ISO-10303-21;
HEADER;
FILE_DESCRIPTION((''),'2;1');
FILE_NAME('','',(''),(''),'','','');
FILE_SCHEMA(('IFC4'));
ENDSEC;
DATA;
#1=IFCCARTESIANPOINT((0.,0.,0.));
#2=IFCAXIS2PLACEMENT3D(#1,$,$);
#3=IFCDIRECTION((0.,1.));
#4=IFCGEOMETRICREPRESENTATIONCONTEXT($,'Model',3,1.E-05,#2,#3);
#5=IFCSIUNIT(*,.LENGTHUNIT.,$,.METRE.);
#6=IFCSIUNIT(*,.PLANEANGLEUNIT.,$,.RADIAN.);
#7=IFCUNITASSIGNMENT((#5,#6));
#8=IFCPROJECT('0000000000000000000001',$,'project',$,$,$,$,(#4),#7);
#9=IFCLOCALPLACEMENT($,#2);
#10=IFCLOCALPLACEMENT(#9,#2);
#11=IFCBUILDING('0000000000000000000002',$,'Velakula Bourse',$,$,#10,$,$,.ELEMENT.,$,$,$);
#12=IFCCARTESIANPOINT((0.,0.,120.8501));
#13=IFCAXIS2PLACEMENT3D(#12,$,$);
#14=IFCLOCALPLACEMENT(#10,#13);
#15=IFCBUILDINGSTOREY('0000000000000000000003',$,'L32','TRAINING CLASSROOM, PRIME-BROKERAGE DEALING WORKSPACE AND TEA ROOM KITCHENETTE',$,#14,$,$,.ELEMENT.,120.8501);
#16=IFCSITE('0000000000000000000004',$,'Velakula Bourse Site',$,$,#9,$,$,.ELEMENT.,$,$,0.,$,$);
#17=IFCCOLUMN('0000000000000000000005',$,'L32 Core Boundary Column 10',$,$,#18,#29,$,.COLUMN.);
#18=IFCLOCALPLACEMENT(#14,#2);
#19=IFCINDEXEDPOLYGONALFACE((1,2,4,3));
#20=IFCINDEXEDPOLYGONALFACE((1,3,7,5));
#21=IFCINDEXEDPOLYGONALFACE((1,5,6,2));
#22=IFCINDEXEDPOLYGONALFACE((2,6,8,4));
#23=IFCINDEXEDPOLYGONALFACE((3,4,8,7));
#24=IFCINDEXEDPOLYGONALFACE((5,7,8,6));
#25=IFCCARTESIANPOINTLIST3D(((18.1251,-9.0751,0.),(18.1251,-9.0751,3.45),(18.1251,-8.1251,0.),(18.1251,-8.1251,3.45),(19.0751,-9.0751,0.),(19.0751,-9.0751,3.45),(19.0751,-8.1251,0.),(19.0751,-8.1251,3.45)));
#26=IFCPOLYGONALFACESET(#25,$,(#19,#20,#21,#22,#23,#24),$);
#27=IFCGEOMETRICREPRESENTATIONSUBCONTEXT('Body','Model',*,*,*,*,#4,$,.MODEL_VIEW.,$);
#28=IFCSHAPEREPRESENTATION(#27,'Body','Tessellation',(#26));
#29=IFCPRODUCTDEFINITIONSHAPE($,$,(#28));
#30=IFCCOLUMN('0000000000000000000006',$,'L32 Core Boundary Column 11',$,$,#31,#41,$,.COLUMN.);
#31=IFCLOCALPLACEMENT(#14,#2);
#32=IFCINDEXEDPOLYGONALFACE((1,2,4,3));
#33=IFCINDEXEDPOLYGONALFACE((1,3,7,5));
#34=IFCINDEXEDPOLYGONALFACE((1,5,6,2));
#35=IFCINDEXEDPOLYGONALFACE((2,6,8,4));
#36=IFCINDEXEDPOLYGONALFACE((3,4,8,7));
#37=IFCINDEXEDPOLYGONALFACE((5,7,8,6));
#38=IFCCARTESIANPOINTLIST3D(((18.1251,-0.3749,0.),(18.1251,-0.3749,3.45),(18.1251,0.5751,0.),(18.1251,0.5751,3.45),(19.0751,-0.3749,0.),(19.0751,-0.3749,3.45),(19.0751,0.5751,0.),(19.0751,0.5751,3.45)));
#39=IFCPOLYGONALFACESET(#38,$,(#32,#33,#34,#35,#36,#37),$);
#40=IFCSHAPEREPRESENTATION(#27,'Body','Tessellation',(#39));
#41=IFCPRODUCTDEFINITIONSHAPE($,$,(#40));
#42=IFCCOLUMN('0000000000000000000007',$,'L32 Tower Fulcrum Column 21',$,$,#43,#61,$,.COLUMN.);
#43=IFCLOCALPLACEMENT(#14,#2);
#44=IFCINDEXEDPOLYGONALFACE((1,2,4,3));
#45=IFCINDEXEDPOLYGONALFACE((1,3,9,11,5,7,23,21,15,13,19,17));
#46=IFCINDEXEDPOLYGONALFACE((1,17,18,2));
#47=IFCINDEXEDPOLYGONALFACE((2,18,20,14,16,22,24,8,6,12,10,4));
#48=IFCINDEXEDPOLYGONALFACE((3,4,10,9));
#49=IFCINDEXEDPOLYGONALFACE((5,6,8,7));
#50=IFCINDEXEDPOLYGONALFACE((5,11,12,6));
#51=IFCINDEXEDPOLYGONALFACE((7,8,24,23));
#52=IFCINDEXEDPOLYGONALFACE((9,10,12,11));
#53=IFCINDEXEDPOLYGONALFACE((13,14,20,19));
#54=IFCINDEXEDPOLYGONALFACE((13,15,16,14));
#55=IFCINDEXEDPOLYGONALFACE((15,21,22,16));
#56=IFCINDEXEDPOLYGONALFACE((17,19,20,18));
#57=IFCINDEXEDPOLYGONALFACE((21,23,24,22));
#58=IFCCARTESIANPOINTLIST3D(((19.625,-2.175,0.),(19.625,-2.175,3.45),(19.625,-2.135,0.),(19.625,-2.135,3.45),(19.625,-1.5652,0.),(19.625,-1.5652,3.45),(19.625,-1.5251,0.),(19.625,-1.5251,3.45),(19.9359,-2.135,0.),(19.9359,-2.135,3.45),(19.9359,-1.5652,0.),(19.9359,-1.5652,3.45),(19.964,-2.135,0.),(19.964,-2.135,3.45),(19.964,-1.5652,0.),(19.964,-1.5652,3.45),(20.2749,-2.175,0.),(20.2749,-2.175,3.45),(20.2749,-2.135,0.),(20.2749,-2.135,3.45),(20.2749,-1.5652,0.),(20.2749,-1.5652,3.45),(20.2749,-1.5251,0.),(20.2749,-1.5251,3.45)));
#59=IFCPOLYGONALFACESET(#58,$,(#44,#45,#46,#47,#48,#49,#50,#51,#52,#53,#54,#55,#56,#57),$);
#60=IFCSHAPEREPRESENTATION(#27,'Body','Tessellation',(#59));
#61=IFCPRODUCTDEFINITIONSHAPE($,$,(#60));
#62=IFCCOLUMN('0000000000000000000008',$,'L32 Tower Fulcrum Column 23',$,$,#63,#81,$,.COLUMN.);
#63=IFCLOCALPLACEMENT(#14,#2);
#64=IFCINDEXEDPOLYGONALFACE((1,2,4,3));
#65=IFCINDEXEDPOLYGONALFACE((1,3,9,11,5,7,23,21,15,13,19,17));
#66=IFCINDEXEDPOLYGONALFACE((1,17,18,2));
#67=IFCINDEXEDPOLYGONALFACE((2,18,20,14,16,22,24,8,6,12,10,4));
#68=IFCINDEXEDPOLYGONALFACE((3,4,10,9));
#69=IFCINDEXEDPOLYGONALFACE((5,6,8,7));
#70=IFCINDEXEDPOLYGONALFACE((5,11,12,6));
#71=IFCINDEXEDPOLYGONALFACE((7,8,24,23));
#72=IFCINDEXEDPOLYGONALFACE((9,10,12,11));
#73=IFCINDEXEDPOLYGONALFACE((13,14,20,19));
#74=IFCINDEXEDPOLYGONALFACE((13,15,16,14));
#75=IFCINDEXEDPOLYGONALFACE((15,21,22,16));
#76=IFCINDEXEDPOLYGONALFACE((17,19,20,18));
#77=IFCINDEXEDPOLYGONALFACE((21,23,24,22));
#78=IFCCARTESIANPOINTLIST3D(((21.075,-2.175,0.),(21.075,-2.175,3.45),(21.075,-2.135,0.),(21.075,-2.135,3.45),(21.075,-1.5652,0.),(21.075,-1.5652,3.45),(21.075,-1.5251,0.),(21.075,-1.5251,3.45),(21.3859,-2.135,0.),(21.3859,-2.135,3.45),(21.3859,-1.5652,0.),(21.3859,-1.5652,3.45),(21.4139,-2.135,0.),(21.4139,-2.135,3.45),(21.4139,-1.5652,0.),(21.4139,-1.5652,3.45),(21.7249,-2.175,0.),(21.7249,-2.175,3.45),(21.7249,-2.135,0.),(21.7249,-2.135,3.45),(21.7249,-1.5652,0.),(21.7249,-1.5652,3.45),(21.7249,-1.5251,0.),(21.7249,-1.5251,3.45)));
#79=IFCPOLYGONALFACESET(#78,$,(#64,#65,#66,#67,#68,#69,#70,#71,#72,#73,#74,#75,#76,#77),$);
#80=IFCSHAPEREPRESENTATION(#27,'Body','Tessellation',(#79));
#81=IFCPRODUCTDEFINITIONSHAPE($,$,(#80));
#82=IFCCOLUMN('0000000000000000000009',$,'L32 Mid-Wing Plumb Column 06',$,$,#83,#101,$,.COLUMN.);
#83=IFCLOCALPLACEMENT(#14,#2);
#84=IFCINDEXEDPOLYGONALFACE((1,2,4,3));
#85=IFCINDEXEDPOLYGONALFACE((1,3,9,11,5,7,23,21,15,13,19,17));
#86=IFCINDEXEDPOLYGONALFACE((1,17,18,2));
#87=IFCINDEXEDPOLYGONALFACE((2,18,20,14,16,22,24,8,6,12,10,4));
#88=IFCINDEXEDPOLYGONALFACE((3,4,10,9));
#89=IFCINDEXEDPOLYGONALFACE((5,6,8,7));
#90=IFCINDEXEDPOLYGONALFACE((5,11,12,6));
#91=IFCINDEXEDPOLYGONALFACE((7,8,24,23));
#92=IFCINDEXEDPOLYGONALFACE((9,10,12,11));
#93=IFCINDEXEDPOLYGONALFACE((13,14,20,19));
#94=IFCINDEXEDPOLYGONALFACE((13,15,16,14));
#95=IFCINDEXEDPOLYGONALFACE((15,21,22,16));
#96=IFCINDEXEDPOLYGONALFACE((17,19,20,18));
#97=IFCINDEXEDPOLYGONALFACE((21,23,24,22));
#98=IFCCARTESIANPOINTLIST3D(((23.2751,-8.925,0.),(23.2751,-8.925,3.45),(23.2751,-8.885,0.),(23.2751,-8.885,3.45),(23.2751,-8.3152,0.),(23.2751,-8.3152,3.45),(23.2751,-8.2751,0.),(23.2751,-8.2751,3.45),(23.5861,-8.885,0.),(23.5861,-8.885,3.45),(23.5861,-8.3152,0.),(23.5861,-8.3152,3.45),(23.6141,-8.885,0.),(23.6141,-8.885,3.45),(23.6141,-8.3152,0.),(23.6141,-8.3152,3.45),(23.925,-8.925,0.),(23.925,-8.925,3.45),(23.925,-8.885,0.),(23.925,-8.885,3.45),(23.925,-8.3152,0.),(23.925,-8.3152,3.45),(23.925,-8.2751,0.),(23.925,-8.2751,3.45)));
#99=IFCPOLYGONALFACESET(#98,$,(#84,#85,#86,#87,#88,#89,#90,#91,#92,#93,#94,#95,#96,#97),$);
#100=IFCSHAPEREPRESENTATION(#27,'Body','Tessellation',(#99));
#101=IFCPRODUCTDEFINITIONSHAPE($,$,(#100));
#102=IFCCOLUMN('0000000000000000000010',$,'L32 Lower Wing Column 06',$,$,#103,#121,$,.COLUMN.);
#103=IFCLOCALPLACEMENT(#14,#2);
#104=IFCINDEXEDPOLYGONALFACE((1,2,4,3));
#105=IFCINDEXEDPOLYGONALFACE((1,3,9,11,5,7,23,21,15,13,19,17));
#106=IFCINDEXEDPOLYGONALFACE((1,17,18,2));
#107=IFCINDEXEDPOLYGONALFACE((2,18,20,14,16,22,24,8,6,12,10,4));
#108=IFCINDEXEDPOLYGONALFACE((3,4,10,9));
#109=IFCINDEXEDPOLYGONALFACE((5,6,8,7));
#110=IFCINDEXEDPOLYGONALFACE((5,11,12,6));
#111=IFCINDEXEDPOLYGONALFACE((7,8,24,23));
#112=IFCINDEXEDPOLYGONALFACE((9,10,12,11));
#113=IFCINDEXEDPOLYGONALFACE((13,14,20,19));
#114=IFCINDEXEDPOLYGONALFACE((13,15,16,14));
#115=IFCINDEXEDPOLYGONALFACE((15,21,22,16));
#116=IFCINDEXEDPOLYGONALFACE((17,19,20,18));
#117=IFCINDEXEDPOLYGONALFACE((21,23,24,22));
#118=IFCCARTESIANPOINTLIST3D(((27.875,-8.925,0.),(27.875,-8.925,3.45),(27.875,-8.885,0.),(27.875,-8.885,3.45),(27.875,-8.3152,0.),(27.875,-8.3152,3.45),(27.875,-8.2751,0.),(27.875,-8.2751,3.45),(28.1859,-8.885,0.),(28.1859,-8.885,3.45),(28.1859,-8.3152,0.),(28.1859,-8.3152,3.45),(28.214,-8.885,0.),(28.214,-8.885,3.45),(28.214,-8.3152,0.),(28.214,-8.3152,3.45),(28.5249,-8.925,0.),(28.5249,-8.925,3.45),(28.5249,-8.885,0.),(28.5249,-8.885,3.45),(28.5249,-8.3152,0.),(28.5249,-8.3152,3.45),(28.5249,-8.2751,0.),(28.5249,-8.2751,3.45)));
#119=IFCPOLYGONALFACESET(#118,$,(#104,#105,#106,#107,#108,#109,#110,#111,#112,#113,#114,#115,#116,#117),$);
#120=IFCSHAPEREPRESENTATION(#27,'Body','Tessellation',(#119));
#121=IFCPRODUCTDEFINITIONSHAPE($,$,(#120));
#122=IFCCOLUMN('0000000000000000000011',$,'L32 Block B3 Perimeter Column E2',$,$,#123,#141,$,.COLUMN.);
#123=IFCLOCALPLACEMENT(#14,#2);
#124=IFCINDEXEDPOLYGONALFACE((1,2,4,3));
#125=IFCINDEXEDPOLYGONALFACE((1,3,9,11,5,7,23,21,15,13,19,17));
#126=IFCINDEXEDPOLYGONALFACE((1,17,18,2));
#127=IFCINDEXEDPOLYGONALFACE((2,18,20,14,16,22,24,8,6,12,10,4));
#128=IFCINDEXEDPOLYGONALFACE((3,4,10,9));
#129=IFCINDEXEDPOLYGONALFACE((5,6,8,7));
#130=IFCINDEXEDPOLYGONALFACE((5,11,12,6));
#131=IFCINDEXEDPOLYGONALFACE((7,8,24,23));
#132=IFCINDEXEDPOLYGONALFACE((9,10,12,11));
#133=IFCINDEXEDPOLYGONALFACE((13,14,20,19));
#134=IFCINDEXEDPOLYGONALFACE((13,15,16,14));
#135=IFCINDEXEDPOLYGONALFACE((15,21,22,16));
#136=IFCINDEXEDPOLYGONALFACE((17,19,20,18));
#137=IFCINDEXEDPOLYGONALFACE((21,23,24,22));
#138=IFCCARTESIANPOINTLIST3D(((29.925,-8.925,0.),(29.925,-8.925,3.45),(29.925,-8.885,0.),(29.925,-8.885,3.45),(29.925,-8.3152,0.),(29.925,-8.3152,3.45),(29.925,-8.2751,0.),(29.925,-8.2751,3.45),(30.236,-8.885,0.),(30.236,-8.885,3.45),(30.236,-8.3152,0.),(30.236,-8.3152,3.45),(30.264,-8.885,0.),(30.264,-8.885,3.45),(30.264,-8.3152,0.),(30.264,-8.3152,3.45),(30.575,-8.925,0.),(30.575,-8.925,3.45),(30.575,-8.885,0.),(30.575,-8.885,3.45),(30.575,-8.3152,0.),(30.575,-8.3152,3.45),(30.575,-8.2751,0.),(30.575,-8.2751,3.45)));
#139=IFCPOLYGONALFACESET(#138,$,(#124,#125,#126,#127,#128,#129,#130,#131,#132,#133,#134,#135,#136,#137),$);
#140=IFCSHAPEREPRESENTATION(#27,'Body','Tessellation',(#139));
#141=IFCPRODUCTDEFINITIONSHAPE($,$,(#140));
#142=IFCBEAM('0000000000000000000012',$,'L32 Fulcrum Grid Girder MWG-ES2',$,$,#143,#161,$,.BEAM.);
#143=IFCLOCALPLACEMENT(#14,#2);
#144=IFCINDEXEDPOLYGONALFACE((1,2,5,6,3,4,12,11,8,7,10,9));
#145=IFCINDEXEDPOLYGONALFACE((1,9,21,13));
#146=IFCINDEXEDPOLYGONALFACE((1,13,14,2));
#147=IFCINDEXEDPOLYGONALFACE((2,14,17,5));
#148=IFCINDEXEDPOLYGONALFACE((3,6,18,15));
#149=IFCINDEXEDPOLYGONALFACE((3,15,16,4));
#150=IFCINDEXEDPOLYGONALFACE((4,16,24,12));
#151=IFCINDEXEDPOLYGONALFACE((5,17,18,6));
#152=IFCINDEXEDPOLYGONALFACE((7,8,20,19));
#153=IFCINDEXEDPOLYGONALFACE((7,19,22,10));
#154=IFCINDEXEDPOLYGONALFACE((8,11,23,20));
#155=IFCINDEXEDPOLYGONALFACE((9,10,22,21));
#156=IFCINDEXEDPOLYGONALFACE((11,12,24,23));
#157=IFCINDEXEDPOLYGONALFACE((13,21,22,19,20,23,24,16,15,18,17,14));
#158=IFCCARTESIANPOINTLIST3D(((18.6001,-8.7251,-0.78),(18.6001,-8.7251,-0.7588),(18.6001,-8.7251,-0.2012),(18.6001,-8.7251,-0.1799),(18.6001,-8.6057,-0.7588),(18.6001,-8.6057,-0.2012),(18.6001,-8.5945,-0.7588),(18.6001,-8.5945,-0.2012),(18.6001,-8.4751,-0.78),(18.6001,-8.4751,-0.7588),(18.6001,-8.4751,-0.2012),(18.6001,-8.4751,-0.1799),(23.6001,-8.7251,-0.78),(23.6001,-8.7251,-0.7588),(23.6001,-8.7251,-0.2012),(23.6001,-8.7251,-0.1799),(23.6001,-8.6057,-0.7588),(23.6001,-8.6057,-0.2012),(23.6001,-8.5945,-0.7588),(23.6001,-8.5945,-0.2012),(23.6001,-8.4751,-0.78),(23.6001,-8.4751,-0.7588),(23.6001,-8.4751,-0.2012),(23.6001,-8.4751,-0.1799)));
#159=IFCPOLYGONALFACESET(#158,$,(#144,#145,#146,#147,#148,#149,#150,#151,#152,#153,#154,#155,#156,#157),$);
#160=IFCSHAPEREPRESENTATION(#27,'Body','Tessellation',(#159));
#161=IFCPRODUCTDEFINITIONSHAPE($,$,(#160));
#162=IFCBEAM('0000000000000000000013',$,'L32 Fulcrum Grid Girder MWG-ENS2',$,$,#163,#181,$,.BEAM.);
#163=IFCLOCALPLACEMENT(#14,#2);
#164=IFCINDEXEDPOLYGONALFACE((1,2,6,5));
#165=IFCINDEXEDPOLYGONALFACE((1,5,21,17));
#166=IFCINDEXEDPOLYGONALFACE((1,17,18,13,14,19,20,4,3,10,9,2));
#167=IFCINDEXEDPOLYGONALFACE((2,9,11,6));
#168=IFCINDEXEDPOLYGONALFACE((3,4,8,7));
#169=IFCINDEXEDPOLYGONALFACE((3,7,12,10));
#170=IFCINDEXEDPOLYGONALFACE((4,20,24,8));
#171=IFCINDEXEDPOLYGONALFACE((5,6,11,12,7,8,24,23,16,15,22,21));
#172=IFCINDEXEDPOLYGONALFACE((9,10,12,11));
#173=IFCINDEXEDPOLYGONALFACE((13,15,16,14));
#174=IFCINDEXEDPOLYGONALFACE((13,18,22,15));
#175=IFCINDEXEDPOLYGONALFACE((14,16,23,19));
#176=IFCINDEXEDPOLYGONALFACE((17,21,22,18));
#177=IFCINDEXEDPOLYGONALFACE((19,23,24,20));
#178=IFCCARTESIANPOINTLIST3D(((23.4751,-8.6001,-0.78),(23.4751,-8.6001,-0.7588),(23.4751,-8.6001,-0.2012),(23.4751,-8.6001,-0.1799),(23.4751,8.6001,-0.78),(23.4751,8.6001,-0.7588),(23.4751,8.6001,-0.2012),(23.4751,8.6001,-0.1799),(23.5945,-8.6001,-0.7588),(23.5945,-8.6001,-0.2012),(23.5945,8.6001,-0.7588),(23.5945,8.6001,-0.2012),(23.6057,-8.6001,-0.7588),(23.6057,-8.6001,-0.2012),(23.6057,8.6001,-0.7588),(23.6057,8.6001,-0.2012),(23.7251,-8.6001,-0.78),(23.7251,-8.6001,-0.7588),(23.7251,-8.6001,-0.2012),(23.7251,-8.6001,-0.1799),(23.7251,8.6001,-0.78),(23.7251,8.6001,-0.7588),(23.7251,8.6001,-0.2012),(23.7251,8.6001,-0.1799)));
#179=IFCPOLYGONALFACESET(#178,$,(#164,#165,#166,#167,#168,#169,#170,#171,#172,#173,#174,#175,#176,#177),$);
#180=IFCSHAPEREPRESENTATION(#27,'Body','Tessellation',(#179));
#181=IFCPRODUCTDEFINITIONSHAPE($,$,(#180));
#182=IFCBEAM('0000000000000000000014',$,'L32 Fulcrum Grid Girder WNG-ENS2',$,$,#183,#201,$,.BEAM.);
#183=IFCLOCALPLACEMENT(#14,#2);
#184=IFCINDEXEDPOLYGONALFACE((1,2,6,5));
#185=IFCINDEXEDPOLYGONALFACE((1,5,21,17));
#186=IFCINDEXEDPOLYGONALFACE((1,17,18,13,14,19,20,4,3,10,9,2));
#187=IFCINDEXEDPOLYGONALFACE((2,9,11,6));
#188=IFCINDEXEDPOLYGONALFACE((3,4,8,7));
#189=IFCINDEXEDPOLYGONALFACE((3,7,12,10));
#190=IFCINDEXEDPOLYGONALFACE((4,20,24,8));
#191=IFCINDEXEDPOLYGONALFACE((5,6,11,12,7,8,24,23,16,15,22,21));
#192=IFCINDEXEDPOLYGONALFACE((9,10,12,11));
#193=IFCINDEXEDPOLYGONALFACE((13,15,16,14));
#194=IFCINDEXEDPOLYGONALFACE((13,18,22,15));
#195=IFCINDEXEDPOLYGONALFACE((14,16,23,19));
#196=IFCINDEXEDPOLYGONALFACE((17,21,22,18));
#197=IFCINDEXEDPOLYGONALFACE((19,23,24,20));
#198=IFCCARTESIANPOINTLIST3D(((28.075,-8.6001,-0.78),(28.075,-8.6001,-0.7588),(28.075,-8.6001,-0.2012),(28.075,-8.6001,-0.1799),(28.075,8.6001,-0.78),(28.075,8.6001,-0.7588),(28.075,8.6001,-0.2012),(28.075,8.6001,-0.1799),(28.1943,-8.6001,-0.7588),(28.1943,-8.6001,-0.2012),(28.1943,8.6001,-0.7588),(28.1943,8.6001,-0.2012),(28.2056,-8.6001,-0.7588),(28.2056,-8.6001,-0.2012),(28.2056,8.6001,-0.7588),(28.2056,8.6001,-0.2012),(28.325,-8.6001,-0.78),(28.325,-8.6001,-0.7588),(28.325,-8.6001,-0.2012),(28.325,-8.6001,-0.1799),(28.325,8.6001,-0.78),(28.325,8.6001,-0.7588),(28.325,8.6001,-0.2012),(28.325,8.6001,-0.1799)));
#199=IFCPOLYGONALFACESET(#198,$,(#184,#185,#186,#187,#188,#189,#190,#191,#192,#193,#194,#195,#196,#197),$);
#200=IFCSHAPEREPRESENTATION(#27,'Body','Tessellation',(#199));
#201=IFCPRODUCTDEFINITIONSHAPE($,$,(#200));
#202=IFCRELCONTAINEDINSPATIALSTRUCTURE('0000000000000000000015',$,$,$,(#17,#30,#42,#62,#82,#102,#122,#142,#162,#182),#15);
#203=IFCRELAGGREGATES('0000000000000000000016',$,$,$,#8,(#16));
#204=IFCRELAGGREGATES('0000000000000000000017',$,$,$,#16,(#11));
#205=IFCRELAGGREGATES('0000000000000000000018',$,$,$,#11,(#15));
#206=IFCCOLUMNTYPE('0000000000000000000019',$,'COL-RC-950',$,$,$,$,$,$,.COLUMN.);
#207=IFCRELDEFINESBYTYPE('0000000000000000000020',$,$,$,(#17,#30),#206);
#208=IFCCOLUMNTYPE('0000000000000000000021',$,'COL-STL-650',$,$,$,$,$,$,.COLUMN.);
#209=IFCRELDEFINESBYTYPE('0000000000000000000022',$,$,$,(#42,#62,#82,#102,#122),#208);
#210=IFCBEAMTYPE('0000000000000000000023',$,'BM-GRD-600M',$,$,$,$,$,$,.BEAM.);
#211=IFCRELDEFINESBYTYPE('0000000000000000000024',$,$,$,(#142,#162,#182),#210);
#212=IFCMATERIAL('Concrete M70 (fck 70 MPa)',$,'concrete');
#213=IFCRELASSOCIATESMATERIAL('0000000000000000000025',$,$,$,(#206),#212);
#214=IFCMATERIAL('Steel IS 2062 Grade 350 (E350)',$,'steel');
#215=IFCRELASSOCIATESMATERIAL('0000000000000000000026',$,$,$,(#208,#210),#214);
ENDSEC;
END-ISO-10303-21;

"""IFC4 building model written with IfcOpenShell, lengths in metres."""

from ifc_helpers import new_model, si_unit, direction, frame, origin, origin_2d, place, context, subcontext, project, spatial, rectangle, i_section, extrude, material, material_profile, profile_set, type_object, element, save


model = new_model("IFC4")

# Units and contexts
model_context = context("Model", 3, precision=1e-05, world=origin(), true_north=direction((0.0, 1.0)))
body_context = subcontext(model_context, "Body", "Model", "MODEL_VIEW")
ifc_project = project(units=[si_unit("LENGTHUNIT", "METRE"), si_unit("PLANEANGLEUNIT", "RADIAN")], contexts=[model_context])

# Site, building, storey
site_placement = place(None, origin())
site = spatial("IfcSite", under=ifc_project, at=site_placement, Name="Velakula Bourse Site", CompositionType="ELEMENT", RefElevation=0.0)
building_placement = place(site_placement, origin())
building = spatial("IfcBuilding", under=site, at=building_placement, Name="Velakula Bourse", CompositionType="ELEMENT")
storey_placement = place(building_placement, frame((0.0, 0.0, 120.8501)))
storey = spatial("IfcBuildingStorey", under=building, at=storey_placement, Name="L32", Description="TRAINING CLASSROOM, PRIME-BROKERAGE DEALING WORKSPACE AND TEA ROOM KITCHENETTE", CompositionType="ELEMENT", Elevation=120.8501)

# Columns
ifc_material_1 = material(Name="Concrete M70 (fck 70 MPa)", Category="concrete")
ifc_material_profile_1 = material_profile(ifc_material_1, rectangle(XDim=0.95, YDim=0.95, at=origin_2d()), Name="Concrete M70 (fck 70 MPa)")
ifc_profile_set_1 = profile_set([ifc_material_profile_1], Name="Concrete M70 (fck 70 MPa)")
column_type_1 = type_object("IfcColumnType", Name="COL-RC-950", PredefinedType="COLUMN", material=ifc_profile_set_1)
for number, where, z_axis, x_axis, name in (
    (1, (18.6001, -8.6001, 0.0), (0.0, 0.0, 1.0), (1.0, 0.0, 0.0), "L32 Core Boundary Column 10"),
    (2, (18.6001, 0.1001, 0.0), (0.0, 0.0, 1.0), (1.0, 0.0, 0.0), "L32 Core Boundary Column 11"),
):
    element("IfcColumn", number, at=place(storey_placement, frame(where, z_axis=z_axis, x_axis=x_axis)), inside=storey, type_object=column_type_1, Name=name, PredefinedType="COLUMN", context=body_context, shape_type="SweptSolid", body=[
        extrude(rectangle(XDim=0.95, YDim=0.95, at=origin_2d()), origin(), (0.0, 0.0, 1.0), 3.45),
    ])
ifc_material_2 = material(Name="Steel IS 2062 Grade 350 (E350)", Category="steel")
ifc_material_profile_2 = material_profile(ifc_material_2, i_section(OverallWidth=0.6499, OverallDepth=0.6499, WebThickness=0.0281, FlangeThickness=0.04, at=origin_2d()), Name="Steel IS 2062 Grade 350 (E350)")
ifc_profile_set_2 = profile_set([ifc_material_profile_2], Name="Steel IS 2062 Grade 350 (E350)")
column_type_2 = type_object("IfcColumnType", Name="COL-STL-650", PredefinedType="COLUMN", material=ifc_profile_set_2)
for number, where, z_axis, x_axis, name in (
    (3, (19.95, -1.8501, 0.0), (0.0, 0.0, 1.0), (1.0, 0.0, 0.0), "L32 Tower Fulcrum Column 21"),
    (4, (21.3999, -1.8501, 0.0), (0.0, 0.0, 1.0), (1.0, 0.0, 0.0), "L32 Tower Fulcrum Column 23"),
    (5, (23.6001, -8.6001, 0.0), (0.0, 0.0, 1.0), (1.0, 0.0, 0.0), "L32 Mid-Wing Plumb Column 06"),
    (6, (28.2, -8.6001, 0.0), (0.0, 0.0, 1.0), (1.0, 0.0, 0.0), "L32 Lower Wing Column 06"),
    (7, (30.25, -8.6001, 0.0), (0.0, 0.0, 1.0), (1.0, 0.0, 0.0), "L32 Block B3 Perimeter Column E2"),
):
    element("IfcColumn", number, at=place(storey_placement, frame(where, z_axis=z_axis, x_axis=x_axis)), inside=storey, type_object=column_type_2, Name=name, PredefinedType="COLUMN", context=body_context, shape_type="SweptSolid", body=[
        extrude(i_section(OverallWidth=0.6499, OverallDepth=0.6499, WebThickness=0.0281, FlangeThickness=0.04, at=origin_2d()), origin(), (0.0, 0.0, 1.0), 3.45),
    ])

# Beams
ifc_material_profile_3 = material_profile(ifc_material_2, i_section(OverallWidth=0.25, OverallDepth=0.6001, WebThickness=0.0112, FlangeThickness=0.0212, at=origin_2d()), Name="Steel IS 2062 Grade 350 (E350)")
ifc_profile_set_3 = profile_set([ifc_material_profile_3], Name="Steel IS 2062 Grade 350 (E350)")
beam_type_1 = type_object("IfcBeamType", Name="BM-GRD-600M", PredefinedType="BEAM", material=ifc_profile_set_3)
beam_1_placement = place(storey_placement, frame((18.6001, -8.6001, -0.48), z_axis=(1.0, 0.0, 0.0), x_axis=(0.0, 1.0, 0.0)))
element("IfcBeam", 8, at=beam_1_placement, inside=storey, type_object=beam_type_1, Name="L32 Fulcrum Grid Girder MWG-ES2", PredefinedType="BEAM", context=body_context, shape_type="SweptSolid", body=[
    extrude(i_section(OverallWidth=0.25, OverallDepth=0.6001, WebThickness=0.0112, FlangeThickness=0.0212, at=origin_2d()), origin(), (0.0, 0.0, 1.0), 5.0),
])
for number, where, z_axis, x_axis, name in (
    (9, (23.6001, -8.6001, -0.48), (0.0, 1.0, 0.0), (-1.0, 0.0, 0.0), "L32 Fulcrum Grid Girder MWG-ENS2"),
    (10, (28.2, -8.6001, -0.48), (0.0, 1.0, 0.0), (-1.0, 0.0, 0.0), "L32 Fulcrum Grid Girder WNG-ENS2"),
):
    element("IfcBeam", number, at=place(storey_placement, frame(where, z_axis=z_axis, x_axis=x_axis)), inside=storey, type_object=beam_type_1, Name=name, PredefinedType="BEAM", context=body_context, shape_type="SweptSolid", body=[
        extrude(i_section(OverallWidth=0.25, OverallDepth=0.6001, WebThickness=0.0112, FlangeThickness=0.0212, at=origin_2d()), origin(), (0.0, 0.0, 1.0), 17.2002),
    ])

save(model, "model.ifc")
